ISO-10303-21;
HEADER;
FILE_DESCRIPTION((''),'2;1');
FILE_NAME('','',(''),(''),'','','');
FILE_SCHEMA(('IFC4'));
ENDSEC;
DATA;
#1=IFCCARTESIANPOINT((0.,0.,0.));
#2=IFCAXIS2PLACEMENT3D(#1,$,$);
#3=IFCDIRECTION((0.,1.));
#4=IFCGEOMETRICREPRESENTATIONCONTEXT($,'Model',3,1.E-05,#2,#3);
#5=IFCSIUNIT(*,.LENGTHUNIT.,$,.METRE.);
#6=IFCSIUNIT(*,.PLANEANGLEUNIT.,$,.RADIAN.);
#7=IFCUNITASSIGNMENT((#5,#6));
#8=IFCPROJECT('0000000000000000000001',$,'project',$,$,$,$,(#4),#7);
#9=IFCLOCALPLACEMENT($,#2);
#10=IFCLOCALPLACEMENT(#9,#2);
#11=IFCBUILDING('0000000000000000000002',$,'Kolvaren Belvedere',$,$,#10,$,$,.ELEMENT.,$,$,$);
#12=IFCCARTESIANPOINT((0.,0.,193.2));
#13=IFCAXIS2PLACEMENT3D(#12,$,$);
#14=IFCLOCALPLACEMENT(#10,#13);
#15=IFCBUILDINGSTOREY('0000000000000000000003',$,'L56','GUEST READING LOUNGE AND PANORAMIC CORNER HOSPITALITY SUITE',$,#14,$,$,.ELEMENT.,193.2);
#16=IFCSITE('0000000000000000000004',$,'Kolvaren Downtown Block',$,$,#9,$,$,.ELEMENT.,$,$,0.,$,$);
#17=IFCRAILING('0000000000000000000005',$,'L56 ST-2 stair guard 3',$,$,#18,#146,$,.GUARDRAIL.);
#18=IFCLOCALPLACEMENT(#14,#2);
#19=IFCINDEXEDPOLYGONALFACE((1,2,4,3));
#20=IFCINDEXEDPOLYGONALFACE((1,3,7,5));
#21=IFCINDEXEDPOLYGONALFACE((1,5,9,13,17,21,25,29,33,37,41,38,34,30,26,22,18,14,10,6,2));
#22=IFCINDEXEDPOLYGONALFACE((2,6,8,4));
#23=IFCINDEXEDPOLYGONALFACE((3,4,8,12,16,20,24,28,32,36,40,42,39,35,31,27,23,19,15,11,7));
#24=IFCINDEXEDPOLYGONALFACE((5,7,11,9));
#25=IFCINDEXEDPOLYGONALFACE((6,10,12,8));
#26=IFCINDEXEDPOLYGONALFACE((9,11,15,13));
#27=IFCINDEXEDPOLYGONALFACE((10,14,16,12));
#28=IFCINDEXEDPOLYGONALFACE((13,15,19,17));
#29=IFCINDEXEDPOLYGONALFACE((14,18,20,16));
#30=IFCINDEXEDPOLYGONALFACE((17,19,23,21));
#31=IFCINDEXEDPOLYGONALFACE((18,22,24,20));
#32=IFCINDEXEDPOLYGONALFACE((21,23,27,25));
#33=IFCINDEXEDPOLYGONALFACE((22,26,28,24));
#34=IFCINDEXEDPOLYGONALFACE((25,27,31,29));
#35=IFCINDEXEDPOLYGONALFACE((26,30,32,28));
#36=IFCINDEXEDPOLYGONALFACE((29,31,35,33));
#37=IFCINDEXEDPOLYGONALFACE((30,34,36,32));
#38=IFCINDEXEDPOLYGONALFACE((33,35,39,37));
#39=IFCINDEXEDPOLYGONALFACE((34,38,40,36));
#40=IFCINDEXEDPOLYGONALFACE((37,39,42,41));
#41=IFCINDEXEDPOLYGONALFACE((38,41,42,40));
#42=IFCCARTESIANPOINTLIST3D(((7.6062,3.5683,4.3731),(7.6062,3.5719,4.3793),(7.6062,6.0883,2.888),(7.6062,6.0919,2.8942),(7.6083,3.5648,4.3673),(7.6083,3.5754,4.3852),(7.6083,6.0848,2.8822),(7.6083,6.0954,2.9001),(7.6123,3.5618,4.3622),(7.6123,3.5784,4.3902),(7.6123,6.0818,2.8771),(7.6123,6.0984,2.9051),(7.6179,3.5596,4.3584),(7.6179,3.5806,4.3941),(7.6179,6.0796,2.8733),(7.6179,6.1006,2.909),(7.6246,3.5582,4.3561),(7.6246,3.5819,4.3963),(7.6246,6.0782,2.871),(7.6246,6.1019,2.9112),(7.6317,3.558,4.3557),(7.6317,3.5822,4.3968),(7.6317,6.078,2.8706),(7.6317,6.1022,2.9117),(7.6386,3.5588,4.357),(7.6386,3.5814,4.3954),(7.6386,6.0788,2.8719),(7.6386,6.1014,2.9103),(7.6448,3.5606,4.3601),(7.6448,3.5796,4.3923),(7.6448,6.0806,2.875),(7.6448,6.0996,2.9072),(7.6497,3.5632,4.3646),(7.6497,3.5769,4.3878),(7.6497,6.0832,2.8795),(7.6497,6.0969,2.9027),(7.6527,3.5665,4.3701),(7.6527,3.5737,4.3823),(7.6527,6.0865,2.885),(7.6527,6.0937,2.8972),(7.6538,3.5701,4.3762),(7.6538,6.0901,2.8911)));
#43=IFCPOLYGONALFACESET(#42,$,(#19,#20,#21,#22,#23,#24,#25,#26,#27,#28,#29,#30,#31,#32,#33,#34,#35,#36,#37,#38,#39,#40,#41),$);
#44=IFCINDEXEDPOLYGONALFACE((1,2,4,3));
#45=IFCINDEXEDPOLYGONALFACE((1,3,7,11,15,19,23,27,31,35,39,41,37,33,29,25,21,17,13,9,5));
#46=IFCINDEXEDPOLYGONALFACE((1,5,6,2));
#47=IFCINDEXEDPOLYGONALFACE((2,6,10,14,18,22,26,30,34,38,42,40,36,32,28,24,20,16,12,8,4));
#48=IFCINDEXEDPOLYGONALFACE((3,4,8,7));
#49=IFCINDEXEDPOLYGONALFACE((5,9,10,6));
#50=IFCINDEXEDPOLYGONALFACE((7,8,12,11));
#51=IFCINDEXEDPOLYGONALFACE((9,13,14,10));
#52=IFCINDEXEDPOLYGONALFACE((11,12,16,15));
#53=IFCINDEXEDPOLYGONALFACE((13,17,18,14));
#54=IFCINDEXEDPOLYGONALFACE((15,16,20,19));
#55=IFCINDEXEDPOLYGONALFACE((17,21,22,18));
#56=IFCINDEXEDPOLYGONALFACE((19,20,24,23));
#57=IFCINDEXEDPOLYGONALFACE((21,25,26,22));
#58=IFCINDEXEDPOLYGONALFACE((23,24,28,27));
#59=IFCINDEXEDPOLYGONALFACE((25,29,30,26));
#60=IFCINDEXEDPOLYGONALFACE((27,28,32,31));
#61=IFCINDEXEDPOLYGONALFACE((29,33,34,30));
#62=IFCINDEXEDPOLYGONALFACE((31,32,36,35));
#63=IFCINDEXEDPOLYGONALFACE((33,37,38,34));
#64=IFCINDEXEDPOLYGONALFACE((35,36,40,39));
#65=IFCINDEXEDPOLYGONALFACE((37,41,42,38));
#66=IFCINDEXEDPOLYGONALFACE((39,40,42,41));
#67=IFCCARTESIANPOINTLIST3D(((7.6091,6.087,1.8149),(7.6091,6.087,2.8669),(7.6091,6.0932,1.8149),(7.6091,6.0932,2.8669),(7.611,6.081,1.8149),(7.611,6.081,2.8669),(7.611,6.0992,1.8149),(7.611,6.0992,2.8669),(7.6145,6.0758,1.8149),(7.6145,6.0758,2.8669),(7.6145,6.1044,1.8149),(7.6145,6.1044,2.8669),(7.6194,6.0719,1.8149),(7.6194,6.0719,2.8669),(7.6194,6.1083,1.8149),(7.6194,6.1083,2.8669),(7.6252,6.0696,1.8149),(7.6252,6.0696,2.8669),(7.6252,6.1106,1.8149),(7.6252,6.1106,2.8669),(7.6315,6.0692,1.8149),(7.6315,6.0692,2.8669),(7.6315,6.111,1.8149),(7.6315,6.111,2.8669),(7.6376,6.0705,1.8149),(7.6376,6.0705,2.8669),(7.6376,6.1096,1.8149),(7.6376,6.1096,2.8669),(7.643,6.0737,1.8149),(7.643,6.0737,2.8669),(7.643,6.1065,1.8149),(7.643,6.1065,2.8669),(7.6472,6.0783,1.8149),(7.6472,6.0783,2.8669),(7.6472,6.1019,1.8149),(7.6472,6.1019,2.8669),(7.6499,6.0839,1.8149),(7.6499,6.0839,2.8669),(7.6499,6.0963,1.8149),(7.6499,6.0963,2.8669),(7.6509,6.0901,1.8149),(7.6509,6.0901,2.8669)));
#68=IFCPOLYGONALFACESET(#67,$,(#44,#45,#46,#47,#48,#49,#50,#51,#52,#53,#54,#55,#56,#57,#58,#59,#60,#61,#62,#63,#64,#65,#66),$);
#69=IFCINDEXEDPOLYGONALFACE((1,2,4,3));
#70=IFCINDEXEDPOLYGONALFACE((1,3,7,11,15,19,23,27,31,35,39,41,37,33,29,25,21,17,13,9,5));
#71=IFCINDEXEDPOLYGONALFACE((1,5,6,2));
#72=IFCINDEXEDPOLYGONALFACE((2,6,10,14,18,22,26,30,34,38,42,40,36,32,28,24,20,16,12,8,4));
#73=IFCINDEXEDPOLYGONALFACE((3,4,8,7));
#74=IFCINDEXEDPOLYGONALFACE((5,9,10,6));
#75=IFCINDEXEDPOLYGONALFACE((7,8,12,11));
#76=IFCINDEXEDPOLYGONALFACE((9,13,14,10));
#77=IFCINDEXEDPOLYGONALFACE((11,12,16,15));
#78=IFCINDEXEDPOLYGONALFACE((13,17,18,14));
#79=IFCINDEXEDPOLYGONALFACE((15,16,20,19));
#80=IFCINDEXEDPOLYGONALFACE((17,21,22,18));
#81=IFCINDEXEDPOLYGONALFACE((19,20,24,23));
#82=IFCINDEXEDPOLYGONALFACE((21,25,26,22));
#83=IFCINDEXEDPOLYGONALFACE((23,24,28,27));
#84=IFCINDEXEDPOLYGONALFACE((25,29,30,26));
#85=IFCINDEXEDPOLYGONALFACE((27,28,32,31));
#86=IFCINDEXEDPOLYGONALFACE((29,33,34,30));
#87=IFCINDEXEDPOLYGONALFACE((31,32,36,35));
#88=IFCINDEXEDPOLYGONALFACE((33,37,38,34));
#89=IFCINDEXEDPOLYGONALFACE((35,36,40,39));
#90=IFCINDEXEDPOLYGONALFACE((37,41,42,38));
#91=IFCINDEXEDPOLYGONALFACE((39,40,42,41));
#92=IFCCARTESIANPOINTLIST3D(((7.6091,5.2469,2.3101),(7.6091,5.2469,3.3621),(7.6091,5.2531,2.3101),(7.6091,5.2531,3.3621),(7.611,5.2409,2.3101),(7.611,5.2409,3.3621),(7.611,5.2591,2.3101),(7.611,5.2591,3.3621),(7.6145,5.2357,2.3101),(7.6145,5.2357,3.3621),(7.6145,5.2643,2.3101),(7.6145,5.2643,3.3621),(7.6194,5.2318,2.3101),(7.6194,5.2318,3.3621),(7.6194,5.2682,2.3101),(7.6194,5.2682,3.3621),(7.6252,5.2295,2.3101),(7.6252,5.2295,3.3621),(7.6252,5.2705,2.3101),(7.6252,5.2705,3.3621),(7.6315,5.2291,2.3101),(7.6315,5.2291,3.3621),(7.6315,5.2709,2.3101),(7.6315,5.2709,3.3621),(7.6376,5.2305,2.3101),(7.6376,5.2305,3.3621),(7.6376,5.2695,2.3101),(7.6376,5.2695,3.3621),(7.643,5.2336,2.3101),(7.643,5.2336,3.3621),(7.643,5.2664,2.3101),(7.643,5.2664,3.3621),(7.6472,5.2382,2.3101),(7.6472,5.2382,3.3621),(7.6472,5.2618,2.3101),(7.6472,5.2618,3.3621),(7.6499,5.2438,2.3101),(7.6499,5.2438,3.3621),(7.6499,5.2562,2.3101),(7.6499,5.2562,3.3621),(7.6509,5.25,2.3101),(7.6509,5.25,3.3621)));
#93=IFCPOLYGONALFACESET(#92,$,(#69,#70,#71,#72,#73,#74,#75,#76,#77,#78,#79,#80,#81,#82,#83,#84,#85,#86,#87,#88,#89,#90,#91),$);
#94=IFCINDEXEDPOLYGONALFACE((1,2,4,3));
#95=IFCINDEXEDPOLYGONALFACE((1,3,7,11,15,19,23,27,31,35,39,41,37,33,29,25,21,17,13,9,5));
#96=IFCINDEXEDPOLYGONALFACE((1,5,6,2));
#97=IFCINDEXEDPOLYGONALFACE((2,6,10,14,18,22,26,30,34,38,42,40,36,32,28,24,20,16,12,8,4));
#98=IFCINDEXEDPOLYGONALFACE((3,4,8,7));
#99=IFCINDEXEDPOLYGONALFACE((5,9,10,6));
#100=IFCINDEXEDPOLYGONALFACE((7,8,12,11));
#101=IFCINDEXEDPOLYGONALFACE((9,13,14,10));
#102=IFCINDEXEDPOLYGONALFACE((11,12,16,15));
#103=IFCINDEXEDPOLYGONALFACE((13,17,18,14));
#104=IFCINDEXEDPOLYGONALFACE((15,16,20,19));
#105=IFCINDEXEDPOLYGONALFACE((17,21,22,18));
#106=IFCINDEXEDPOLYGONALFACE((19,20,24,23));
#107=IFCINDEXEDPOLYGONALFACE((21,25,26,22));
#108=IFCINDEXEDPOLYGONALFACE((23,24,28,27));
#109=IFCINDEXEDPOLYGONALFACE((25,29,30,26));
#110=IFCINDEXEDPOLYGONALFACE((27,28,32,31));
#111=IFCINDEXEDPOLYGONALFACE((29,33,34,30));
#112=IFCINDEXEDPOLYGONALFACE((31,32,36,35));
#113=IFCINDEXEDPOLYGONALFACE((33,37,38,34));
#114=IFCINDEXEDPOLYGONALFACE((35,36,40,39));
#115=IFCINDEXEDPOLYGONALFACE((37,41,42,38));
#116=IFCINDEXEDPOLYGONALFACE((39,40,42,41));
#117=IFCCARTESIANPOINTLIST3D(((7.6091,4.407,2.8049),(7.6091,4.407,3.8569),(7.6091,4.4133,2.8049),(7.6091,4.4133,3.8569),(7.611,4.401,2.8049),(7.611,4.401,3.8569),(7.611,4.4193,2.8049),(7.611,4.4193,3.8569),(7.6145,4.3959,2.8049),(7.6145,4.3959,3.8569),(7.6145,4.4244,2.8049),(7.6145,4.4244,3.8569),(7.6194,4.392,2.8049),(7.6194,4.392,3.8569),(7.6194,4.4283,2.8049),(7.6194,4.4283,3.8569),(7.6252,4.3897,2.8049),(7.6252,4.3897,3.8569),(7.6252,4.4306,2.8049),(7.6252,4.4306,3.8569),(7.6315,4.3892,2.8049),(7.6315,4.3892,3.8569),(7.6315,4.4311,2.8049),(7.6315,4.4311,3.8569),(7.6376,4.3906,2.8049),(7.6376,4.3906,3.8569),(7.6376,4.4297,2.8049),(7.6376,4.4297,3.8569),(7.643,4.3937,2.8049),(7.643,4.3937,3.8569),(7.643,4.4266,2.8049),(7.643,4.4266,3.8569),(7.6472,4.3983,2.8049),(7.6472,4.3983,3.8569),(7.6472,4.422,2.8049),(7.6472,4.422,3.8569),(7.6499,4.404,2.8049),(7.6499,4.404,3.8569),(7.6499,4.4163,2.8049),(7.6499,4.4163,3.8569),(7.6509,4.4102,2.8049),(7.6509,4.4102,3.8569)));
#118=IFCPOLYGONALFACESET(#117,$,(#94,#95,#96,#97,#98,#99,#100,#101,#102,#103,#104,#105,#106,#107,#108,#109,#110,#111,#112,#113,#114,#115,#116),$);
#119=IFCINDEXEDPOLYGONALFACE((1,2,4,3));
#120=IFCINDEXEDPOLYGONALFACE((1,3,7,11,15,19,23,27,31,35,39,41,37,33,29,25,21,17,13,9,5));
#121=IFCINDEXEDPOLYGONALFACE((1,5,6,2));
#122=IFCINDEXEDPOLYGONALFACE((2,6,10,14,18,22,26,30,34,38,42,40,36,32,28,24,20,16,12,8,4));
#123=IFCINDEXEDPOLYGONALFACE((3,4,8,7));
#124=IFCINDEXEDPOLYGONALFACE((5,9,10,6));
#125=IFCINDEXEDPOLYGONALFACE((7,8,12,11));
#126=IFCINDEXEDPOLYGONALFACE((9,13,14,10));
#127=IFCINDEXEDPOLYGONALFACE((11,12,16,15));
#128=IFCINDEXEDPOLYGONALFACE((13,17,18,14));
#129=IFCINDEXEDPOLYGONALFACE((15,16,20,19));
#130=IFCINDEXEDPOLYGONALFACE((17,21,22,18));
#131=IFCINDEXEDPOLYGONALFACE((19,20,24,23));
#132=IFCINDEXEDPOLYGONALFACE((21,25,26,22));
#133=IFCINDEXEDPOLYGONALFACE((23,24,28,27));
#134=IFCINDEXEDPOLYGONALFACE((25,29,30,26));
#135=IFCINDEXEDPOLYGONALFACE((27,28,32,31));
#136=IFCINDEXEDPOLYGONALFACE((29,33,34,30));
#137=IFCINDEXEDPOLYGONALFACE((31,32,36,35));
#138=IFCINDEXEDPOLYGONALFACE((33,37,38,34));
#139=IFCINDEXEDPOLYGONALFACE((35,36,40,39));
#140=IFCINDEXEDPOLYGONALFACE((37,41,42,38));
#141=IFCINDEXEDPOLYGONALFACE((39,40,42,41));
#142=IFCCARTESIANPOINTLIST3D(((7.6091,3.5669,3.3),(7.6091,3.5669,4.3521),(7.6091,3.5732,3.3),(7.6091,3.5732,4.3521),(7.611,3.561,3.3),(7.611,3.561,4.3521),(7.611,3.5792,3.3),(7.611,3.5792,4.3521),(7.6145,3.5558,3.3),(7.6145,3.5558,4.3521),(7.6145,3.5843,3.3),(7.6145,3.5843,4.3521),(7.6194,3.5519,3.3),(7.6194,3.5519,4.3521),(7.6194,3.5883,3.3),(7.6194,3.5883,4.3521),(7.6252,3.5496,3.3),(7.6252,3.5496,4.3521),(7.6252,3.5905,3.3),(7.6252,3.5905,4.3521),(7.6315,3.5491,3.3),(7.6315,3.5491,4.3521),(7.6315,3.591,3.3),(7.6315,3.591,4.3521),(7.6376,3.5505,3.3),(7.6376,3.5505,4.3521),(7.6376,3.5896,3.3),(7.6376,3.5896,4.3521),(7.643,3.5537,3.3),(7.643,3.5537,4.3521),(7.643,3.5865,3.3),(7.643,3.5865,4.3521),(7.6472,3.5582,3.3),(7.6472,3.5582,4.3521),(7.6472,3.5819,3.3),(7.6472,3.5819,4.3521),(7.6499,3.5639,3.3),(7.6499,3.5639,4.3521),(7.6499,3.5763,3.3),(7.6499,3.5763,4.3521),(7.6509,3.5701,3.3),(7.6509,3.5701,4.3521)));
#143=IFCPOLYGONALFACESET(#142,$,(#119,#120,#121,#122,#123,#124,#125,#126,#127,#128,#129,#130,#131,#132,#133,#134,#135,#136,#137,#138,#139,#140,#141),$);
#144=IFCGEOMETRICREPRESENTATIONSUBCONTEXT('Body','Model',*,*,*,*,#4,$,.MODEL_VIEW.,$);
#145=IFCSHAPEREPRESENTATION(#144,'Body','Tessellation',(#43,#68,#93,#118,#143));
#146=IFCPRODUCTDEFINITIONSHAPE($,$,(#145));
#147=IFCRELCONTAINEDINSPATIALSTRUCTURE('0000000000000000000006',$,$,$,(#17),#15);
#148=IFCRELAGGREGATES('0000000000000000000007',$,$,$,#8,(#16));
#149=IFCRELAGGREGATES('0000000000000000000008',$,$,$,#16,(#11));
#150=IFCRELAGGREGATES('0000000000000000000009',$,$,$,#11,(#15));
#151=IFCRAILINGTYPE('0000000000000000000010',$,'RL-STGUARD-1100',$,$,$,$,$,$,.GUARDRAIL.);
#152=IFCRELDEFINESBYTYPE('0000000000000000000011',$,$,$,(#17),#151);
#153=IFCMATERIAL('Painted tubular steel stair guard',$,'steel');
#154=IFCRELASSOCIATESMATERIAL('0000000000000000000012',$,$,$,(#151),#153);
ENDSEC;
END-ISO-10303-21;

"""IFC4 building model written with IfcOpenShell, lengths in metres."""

from ifc_helpers import new_model, si_unit, direction, frame, origin, origin_2d, place, context, subcontext, project, spatial, circle, extrude, material, type_object, element, save


model = new_model("IFC4")

# Units and contexts
model_context = context("Model", 3, precision=1e-05, world=origin(), true_north=direction((0.0, 1.0)))
body_context = subcontext(model_context, "Body", "Model", "MODEL_VIEW")
ifc_project = project(units=[si_unit("LENGTHUNIT", "METRE"), si_unit("PLANEANGLEUNIT", "RADIAN")], contexts=[model_context])

# Site, building, storey
site_placement = place(None, origin())
site = spatial("IfcSite", under=ifc_project, at=site_placement, Name="Kolvaren Downtown Block", CompositionType="ELEMENT", RefElevation=0.0)
building_placement = place(site_placement, origin())
building = spatial("IfcBuilding", under=site, at=building_placement, Name="Kolvaren Belvedere", CompositionType="ELEMENT")
storey_placement = place(building_placement, frame((0.0, 0.0, 193.2)))
storey = spatial("IfcBuildingStorey", under=building, at=storey_placement, Name="L56", Description="GUEST READING LOUNGE AND PANORAMIC CORNER HOSPITALITY SUITE", CompositionType="ELEMENT", Elevation=193.2)

# Railing
ifc_material_1 = material(Name="Painted tubular steel stair guard", Category="steel")
railing_type_1 = type_object("IfcRailingType", Name="RL-STGUARD-1100", PredefinedType="GUARDRAIL", material=ifc_material_1)
railing_1_placement = place(storey_placement, frame((7.6299, 6.0901, 1.8149)))
element("IfcRailing", 1, at=railing_1_placement, inside=storey, type_object=railing_type_1, Name="L56 ST-2 stair guard 3", PredefinedType="GUARDRAIL", context=body_context, shape_type="SweptSolid", body=[
    extrude(circle(Radius=0.0239, at=origin_2d()), frame((0.0, 0.0, 1.0762), z_axis=(0.0, -0.861524, 0.507717), x_axis=(1.0, 0.0, 0.0)), (0.0, 0.0, 1.0), 2.925),
    extrude(circle(Radius=0.021, at=origin_2d()), origin(), (0.0, 0.0, 1.0), 1.052),
    extrude(circle(Radius=0.021, at=origin_2d()), frame((0.0, -0.8401, 0.4951)), (0.0, 0.0, 1.0), 1.052),
    extrude(circle(Radius=0.021, at=origin_2d()), frame((0.0, -1.6799, 0.99)), (0.0, 0.0, 1.0), 1.052),
    extrude(circle(Radius=0.021, at=origin_2d()), frame((0.0, -2.52, 1.4851)), (0.0, 0.0, 1.0), 1.052),
])

save(model, "model.ifc")
